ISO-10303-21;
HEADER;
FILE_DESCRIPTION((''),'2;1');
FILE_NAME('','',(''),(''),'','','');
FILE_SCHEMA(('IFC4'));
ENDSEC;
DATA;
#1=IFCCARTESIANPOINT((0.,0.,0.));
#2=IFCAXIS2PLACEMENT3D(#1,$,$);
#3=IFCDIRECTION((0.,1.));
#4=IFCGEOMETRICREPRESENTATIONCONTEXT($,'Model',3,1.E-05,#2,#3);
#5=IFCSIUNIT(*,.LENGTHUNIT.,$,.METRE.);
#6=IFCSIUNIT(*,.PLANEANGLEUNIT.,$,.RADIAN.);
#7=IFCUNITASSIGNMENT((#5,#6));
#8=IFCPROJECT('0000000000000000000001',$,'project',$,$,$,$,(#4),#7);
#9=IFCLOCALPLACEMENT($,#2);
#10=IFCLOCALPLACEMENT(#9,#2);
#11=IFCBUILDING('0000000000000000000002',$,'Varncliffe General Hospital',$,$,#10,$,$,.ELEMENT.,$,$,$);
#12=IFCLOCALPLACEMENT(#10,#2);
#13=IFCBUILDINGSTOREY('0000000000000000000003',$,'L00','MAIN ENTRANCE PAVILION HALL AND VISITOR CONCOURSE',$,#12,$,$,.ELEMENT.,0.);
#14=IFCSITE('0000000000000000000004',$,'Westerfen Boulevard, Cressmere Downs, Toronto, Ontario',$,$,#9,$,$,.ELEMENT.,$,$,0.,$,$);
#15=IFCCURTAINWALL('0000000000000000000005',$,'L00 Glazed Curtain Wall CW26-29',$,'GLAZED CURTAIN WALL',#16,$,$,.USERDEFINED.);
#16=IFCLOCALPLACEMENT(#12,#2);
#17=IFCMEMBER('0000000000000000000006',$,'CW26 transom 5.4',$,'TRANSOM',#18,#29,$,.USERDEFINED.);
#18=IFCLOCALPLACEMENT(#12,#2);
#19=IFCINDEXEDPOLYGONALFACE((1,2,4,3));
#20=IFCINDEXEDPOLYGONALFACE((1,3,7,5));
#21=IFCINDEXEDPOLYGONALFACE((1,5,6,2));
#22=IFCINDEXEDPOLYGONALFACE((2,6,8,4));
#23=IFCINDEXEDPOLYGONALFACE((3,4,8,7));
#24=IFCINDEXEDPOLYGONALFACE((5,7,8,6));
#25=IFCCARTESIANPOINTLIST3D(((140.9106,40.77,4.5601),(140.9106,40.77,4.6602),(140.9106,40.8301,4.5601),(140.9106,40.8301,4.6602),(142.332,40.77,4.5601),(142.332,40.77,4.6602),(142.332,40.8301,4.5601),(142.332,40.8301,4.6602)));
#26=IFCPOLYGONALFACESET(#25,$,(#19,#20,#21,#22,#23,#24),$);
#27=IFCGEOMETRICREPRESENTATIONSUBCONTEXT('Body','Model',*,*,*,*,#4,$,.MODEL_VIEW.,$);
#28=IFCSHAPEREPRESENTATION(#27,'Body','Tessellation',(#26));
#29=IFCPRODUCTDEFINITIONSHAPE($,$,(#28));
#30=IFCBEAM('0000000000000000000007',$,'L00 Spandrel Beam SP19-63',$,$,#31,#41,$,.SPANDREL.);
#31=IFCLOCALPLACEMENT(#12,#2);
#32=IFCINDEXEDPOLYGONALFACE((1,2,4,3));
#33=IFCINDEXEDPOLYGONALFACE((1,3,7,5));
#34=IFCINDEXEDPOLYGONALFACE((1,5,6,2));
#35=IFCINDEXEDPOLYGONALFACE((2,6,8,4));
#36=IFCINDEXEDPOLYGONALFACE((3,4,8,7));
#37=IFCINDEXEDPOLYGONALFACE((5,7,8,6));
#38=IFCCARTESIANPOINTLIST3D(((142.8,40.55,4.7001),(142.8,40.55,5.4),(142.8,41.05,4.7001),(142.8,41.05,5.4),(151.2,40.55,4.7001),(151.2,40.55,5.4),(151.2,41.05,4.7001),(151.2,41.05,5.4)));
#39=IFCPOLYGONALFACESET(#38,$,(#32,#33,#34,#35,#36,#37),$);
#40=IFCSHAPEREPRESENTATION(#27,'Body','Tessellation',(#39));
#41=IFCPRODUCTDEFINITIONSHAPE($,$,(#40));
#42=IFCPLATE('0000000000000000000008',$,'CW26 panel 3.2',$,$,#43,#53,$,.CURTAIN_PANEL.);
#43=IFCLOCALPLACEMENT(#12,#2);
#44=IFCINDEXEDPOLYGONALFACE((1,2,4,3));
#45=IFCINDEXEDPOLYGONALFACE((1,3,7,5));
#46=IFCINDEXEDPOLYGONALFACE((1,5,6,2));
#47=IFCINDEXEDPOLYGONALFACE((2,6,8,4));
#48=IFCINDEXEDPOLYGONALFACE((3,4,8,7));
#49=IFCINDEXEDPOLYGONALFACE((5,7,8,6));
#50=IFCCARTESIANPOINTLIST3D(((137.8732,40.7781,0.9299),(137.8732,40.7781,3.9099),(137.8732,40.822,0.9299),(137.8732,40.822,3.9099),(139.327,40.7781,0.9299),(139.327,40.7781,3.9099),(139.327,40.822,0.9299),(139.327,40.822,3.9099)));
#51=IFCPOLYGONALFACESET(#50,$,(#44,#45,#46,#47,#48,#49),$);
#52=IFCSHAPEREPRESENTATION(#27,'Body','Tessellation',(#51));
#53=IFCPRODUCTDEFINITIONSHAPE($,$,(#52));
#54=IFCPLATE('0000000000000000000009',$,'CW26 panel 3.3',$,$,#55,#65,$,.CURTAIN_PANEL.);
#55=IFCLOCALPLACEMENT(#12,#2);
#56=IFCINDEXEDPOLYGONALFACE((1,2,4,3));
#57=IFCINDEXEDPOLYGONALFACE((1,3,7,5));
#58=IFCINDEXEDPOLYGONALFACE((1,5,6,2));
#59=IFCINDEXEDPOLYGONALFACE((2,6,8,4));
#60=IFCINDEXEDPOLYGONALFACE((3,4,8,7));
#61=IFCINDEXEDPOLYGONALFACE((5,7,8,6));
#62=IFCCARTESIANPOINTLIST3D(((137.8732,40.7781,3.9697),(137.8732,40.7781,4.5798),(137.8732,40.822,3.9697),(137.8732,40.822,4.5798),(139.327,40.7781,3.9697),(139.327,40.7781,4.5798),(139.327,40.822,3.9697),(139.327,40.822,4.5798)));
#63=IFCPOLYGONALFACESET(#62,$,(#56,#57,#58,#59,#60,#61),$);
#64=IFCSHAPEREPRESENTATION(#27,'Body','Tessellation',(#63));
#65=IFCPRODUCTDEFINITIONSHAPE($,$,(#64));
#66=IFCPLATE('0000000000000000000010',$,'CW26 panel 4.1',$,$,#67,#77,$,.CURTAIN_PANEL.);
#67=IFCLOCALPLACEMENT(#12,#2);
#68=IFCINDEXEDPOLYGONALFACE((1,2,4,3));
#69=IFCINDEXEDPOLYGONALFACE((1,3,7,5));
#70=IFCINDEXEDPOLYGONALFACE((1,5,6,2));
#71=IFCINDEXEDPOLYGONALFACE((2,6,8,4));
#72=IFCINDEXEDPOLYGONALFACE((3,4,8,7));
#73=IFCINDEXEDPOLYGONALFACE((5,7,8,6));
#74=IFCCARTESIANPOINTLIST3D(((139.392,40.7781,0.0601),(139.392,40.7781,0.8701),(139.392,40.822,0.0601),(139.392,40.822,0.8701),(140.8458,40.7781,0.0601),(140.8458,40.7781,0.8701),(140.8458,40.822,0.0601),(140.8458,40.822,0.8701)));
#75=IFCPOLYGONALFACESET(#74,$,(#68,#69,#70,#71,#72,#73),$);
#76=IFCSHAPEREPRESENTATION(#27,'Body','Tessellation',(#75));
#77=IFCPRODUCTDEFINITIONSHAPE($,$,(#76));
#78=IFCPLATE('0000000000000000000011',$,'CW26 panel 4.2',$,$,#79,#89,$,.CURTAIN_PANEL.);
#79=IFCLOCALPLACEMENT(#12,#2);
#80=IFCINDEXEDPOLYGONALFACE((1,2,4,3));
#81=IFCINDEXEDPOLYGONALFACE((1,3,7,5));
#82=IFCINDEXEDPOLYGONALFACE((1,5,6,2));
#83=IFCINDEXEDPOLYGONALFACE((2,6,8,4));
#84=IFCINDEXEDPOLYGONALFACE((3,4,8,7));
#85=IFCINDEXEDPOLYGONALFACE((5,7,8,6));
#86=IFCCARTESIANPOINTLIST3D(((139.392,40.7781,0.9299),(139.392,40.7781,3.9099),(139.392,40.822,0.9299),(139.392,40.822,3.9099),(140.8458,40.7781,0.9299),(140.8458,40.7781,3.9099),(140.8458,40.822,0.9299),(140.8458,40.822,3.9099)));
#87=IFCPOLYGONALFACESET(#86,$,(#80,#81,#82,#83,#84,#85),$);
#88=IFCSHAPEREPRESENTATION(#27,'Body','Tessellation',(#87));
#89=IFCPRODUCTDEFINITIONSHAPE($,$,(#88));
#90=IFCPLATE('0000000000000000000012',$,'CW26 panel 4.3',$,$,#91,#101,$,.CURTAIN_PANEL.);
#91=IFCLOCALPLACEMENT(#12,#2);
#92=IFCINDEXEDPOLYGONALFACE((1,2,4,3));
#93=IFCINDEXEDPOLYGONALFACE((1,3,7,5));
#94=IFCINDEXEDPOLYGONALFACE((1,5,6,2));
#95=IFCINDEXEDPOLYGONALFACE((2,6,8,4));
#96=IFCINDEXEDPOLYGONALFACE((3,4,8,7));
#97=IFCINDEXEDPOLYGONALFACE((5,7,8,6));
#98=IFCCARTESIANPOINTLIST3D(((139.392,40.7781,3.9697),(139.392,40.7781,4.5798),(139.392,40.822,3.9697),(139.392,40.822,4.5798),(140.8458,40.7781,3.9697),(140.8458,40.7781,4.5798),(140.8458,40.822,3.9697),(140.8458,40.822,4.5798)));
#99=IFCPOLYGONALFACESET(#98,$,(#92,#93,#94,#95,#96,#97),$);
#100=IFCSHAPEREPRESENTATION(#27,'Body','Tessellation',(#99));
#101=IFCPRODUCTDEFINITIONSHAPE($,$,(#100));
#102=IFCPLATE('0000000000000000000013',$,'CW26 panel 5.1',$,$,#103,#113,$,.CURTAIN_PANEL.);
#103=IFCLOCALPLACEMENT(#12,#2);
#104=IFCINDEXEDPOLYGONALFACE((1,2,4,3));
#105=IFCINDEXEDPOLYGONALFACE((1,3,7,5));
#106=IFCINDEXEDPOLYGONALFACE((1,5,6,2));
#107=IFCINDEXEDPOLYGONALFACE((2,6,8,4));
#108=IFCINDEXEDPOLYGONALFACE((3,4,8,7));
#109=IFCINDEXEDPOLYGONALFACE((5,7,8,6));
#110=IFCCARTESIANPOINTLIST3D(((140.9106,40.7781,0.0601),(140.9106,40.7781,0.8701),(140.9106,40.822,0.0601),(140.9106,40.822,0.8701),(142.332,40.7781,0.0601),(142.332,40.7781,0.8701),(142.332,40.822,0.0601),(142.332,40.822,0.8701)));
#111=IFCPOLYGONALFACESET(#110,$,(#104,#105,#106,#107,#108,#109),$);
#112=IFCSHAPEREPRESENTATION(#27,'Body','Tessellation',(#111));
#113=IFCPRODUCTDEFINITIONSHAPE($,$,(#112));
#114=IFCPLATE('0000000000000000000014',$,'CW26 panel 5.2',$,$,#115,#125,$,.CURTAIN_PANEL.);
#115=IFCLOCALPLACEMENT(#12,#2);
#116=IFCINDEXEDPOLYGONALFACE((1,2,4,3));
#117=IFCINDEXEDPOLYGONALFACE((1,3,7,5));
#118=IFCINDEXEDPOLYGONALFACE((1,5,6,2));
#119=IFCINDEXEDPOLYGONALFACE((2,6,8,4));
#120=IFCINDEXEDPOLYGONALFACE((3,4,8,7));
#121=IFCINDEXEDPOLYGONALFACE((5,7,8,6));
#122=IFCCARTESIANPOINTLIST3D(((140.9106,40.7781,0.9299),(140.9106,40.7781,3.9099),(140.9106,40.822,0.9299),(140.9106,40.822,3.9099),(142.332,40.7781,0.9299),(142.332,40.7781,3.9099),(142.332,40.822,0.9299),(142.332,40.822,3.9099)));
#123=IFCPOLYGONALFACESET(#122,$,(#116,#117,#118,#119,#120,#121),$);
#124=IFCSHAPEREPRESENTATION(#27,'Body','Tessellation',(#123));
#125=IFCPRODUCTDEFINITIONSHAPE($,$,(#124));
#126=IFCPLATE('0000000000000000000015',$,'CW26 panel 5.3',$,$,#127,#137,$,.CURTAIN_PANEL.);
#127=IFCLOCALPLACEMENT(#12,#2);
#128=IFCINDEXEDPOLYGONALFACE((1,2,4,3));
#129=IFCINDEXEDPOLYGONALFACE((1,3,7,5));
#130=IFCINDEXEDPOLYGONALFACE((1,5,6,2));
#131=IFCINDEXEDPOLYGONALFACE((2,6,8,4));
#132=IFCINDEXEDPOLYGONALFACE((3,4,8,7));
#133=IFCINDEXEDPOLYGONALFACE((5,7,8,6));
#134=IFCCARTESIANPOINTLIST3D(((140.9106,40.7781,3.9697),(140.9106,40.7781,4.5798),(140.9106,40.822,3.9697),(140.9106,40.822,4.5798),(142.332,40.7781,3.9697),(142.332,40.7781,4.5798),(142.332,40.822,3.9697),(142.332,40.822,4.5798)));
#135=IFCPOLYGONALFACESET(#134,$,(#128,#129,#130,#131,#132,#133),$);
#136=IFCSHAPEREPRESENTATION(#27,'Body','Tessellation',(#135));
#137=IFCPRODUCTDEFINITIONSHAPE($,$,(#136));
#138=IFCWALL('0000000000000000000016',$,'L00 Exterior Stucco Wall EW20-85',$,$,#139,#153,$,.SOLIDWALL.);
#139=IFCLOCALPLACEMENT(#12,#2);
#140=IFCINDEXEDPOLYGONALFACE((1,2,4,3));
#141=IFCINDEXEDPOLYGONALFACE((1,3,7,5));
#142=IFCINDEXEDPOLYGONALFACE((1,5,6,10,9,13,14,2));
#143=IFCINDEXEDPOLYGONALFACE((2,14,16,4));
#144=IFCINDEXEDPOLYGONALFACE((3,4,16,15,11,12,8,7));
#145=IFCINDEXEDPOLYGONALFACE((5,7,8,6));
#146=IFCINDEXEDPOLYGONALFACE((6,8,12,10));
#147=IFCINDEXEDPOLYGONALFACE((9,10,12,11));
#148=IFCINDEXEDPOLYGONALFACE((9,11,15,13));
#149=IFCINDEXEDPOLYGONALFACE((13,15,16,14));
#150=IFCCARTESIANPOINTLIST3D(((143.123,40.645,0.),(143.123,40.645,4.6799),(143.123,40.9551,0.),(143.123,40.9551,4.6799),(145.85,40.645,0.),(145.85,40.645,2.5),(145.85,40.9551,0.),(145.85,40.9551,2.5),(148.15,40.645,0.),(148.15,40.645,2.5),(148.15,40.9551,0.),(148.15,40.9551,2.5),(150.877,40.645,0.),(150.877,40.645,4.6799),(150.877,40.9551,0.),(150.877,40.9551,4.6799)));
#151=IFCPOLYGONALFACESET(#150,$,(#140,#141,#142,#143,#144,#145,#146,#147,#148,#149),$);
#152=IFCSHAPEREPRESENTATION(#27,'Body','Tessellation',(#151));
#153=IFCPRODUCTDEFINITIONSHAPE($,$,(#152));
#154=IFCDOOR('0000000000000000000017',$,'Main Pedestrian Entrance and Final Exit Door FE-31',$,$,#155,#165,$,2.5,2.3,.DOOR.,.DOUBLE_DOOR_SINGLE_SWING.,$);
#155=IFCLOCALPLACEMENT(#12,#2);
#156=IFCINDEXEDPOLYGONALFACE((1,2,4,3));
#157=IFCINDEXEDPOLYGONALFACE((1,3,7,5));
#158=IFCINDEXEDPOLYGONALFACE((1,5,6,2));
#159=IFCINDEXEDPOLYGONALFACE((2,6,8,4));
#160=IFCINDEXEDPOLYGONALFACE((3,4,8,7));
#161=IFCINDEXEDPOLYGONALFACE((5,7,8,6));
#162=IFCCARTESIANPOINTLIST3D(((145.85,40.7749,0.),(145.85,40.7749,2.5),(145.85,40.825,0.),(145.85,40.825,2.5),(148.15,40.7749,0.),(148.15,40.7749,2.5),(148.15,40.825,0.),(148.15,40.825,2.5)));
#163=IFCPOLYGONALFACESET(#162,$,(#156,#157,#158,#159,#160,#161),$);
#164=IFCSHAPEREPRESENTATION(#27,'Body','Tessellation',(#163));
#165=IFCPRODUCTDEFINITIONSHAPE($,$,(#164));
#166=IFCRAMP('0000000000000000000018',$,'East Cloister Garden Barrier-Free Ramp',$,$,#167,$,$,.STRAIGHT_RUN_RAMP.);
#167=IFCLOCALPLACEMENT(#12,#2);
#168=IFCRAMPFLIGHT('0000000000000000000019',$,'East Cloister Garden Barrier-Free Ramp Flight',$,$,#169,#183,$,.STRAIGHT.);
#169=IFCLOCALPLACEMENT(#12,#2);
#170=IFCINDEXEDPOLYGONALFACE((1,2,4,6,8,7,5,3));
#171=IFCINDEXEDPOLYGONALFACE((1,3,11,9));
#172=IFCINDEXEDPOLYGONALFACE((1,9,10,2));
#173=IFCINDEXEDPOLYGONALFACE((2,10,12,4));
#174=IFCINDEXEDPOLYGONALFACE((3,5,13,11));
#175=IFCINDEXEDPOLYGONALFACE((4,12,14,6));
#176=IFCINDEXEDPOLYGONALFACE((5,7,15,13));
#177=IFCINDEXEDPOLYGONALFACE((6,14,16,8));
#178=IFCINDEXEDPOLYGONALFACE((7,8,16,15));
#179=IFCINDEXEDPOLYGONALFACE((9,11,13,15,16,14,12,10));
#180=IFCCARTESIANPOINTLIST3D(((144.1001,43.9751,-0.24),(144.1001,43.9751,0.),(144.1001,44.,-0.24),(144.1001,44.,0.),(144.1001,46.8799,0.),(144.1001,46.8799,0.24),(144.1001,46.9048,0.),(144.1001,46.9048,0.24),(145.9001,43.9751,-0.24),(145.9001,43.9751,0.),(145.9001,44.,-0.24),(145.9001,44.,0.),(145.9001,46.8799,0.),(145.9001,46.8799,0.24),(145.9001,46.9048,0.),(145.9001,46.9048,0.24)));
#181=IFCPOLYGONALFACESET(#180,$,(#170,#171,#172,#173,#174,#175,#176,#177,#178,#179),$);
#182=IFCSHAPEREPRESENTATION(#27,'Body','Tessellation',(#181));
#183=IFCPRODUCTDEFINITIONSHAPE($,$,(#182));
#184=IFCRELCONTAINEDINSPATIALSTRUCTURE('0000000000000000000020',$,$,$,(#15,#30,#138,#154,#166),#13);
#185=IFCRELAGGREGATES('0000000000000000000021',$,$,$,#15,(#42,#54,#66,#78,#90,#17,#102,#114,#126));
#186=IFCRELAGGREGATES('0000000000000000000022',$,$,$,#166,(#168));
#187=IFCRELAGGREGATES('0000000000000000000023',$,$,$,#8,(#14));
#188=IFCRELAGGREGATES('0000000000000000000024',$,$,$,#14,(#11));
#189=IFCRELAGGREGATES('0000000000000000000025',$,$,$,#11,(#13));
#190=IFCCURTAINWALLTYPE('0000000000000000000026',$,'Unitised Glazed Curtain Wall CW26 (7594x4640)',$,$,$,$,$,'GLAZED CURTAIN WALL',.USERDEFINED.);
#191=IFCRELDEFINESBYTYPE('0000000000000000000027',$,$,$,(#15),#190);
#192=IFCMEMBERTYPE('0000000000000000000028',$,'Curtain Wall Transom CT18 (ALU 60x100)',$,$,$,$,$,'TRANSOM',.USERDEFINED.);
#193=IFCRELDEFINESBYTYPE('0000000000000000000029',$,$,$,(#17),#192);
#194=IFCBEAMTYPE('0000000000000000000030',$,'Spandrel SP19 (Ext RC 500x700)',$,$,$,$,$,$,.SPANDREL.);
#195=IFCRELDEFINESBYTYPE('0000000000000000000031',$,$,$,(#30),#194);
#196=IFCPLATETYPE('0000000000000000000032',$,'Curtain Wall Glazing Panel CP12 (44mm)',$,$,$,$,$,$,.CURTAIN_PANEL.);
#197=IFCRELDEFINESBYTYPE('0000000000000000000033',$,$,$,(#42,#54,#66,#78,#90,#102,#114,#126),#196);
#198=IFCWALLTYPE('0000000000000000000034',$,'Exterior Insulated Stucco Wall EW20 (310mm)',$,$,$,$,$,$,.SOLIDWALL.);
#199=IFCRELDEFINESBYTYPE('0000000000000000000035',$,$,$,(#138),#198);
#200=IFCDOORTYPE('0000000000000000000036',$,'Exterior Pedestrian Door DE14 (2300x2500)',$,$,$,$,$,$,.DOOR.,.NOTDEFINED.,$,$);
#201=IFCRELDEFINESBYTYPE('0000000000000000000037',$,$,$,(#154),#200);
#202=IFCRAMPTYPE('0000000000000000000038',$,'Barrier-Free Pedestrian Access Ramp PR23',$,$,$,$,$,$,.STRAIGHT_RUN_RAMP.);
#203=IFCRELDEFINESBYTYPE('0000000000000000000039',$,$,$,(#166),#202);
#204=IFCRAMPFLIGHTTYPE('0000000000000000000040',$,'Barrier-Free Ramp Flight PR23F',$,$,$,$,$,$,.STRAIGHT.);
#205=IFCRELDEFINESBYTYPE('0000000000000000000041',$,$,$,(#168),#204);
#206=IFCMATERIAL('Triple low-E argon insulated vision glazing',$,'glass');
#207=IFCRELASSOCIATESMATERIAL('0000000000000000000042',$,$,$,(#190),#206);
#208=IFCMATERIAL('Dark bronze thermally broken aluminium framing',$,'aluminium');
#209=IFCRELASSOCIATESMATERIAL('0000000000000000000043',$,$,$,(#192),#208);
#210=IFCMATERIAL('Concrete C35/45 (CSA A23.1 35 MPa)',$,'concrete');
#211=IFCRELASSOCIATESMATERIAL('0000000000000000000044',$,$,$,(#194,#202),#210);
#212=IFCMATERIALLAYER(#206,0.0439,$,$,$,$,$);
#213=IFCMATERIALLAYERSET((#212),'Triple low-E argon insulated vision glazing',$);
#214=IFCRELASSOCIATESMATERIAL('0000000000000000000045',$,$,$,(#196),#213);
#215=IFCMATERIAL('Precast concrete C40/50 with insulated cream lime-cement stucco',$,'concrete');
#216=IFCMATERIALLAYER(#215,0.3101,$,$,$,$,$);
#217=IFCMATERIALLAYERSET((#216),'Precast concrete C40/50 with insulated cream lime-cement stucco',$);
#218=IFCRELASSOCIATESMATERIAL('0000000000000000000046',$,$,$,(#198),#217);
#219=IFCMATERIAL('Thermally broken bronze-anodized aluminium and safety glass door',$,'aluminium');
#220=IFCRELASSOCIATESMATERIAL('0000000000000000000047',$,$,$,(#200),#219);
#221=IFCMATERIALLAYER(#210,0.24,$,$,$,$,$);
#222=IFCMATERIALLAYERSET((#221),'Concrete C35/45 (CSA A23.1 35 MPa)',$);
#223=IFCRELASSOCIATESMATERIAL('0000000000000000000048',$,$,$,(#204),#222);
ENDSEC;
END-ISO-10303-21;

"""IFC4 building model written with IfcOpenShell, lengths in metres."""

from ifc_helpers import new_model, si_unit, direction, frame, frame_2d, origin, origin_2d, place, context, subcontext, project, spatial, polyline, rectangle, outline, extrude, material, layer, layer_set, material_profile, profile_set, type_object, element, fill, aggregate, save


model = new_model("IFC4")

# Units and contexts
model_context = context("Model", 3, precision=1e-05, world=origin(), true_north=direction((0.0, 1.0)))
body_context = subcontext(model_context, "Body", "Model", "MODEL_VIEW")
ifc_project = project(units=[si_unit("LENGTHUNIT", "METRE"), si_unit("PLANEANGLEUNIT", "RADIAN")], contexts=[model_context])

# Site, building, storey
site_placement = place(None, origin())
site = spatial("IfcSite", under=ifc_project, at=site_placement, Name="Westerfen Boulevard, Cressmere Downs, Toronto, Ontario", CompositionType="ELEMENT", RefElevation=0.0)
building_placement = place(site_placement, origin())
building = spatial("IfcBuilding", under=site, at=building_placement, Name="Varncliffe General Hospital", CompositionType="ELEMENT")
storey_placement = place(building_placement, origin())
storey = spatial("IfcBuildingStorey", under=building, at=storey_placement, Name="L00", Description="MAIN ENTRANCE PAVILION HALL AND VISITOR CONCOURSE", CompositionType="ELEMENT", Elevation=0.0)

# Curtain wall, member
ifc_material_1 = material(Name="Triple low-E argon insulated vision glazing", Category="glass")
curtain_wall_type = type_object("IfcCurtainWallType", Name="Unitised Glazed Curtain Wall CW26 (7594x4640)", ElementType="GLAZED CURTAIN WALL", PredefinedType="USERDEFINED", material=ifc_material_1)
curtain_wall_placement = place(storey_placement, origin())
curtain_wall = element("IfcCurtainWall", 1, at=curtain_wall_placement, inside=storey, type_object=curtain_wall_type, Name="L00 Glazed Curtain Wall CW26-29", ObjectType="GLAZED CURTAIN WALL", PredefinedType="USERDEFINED")
ifc_material_2 = material(Name="Dark bronze thermally broken aluminium framing", Category="aluminium")
ifc_material_profile_1 = material_profile(ifc_material_2, rectangle(XDim=0.0601, YDim=0.1001, at=origin_2d()), Name="ALU 60x100")
ifc_profile_set_1 = profile_set([ifc_material_profile_1], Name="Dark bronze thermally broken aluminium framing")
member_type_1 = type_object("IfcMemberType", Name="Curtain Wall Transom CT18 (ALU 60x100)", ElementType="TRANSOM", PredefinedType="USERDEFINED", material=ifc_profile_set_1)
member_1_placement = place(storey_placement, frame((140.9106, 40.8, 4.6101), z_axis=(1.0, 0.0, 0.0), x_axis=(0.0, 1.0, 0.0)))
member_1 = element("IfcMember", 2, at=member_1_placement, type_object=member_type_1, Name="CW26 transom 5.4", ObjectType="TRANSOM", PredefinedType="USERDEFINED", context=body_context, shape_type="SweptSolid", body=[
    extrude(rectangle(XDim=0.0601, YDim=0.1001, at=origin_2d()), origin(), (0.0, 0.0, 1.0), 1.4214),
])

# Beam
ifc_material_3 = material(Name="Concrete C35/45 (CSA A23.1 35 MPa)", Category="concrete")
ifc_material_profile_2 = material_profile(ifc_material_3, rectangle(XDim=0.5, YDim=0.7, at=origin_2d()), Name="RC 500x700")
ifc_profile_set_2 = profile_set([ifc_material_profile_2], Name="Concrete C35/45 (CSA A23.1 35 MPa)")
beam_type_1 = type_object("IfcBeamType", Name="Spandrel SP19 (Ext RC 500x700)", PredefinedType="SPANDREL", material=ifc_profile_set_2)
beam_placement = place(storey_placement, frame((142.8, 40.8, 5.05), z_axis=(1.0, 0.0, 0.0), x_axis=(0.0, 1.0, 0.0)))
element("IfcBeam", 3, at=beam_placement, inside=storey, type_object=beam_type_1, Name="L00 Spandrel Beam SP19-63", PredefinedType="SPANDREL", context=body_context, shape_type="SweptSolid", body=[
    extrude(rectangle(XDim=0.5, YDim=0.7, at=origin_2d()), origin(), (0.0, 0.0, 1.0), 8.3999),
])

# Plates
ifc_layer_1 = layer(ifc_material_1, 0.0439)
ifc_layer_set_1 = layer_set([ifc_layer_1], Name="Triple low-E argon insulated vision glazing")
plate_type = type_object("IfcPlateType", Name="Curtain Wall Glazing Panel CP12 (44mm)", PredefinedType="CURTAIN_PANEL", material=ifc_layer_set_1)
plate_1_placement = place(storey_placement, frame((138.6001, 40.8, 0.9299), z_axis=(0.0, 0.0, 1.0), x_axis=(1.0, 0.0, 0.0)))
plate_1 = element("IfcPlate", 4, at=plate_1_placement, type_object=plate_type, Name="CW26 panel 3.2", PredefinedType="CURTAIN_PANEL", context=body_context, shape_type="SweptSolid", body=[
    extrude(rectangle(XDim=1.4539, YDim=0.0439, at=origin_2d()), origin(), (0.0, 0.0, 1.0), 2.98),
])
plate_2_placement = place(storey_placement, frame((138.6001, 40.8, 3.9697), z_axis=(0.0, 0.0, 1.0), x_axis=(1.0, 0.0, 0.0)))
plate_2 = element("IfcPlate", 5, at=plate_2_placement, type_object=plate_type, Name="CW26 panel 3.3", PredefinedType="CURTAIN_PANEL", context=body_context, shape_type="SweptSolid", body=[
    extrude(rectangle(XDim=1.4539, YDim=0.0439, at=origin_2d()), origin(), (0.0, 0.0, 1.0), 0.6101),
])
plate_3_placement = place(storey_placement, frame((140.1189, 40.8, 0.0601), z_axis=(0.0, 0.0, 1.0), x_axis=(1.0, 0.0, 0.0)))
plate_3 = element("IfcPlate", 6, at=plate_3_placement, type_object=plate_type, Name="CW26 panel 4.1", PredefinedType="CURTAIN_PANEL", context=body_context, shape_type="SweptSolid", body=[
    extrude(rectangle(XDim=1.4539, YDim=0.0439, at=origin_2d()), origin(), (0.0, 0.0, 1.0), 0.8101),
])
plate_4_placement = place(storey_placement, frame((140.1189, 40.8, 0.9299), z_axis=(0.0, 0.0, 1.0), x_axis=(1.0, 0.0, 0.0)))
plate_4 = element("IfcPlate", 7, at=plate_4_placement, type_object=plate_type, Name="CW26 panel 4.2", PredefinedType="CURTAIN_PANEL", context=body_context, shape_type="SweptSolid", body=[
    extrude(rectangle(XDim=1.4539, YDim=0.0439, at=origin_2d()), origin(), (0.0, 0.0, 1.0), 2.98),
])
plate_5_placement = place(storey_placement, frame((140.1189, 40.8, 3.9697), z_axis=(0.0, 0.0, 1.0), x_axis=(1.0, 0.0, 0.0)))
plate_5 = element("IfcPlate", 8, at=plate_5_placement, type_object=plate_type, Name="CW26 panel 4.3", PredefinedType="CURTAIN_PANEL", context=body_context, shape_type="SweptSolid", body=[
    extrude(rectangle(XDim=1.4539, YDim=0.0439, at=origin_2d()), origin(), (0.0, 0.0, 1.0), 0.6101),
])
plate_6_placement = place(storey_placement, frame((141.6213, 40.8, 0.0601), z_axis=(0.0, 0.0, 1.0), x_axis=(1.0, 0.0, 0.0)))
plate_6 = element("IfcPlate", 9, at=plate_6_placement, type_object=plate_type, Name="CW26 panel 5.1", PredefinedType="CURTAIN_PANEL", context=body_context, shape_type="SweptSolid", body=[
    extrude(rectangle(XDim=1.4214, YDim=0.0439, at=origin_2d()), origin(), (0.0, 0.0, 1.0), 0.8101),
])
plate_7_placement = place(storey_placement, frame((141.6213, 40.8, 0.9299), z_axis=(0.0, 0.0, 1.0), x_axis=(1.0, 0.0, 0.0)))
plate_7 = element("IfcPlate", 10, at=plate_7_placement, type_object=plate_type, Name="CW26 panel 5.2", PredefinedType="CURTAIN_PANEL", context=body_context, shape_type="SweptSolid", body=[
    extrude(rectangle(XDim=1.4214, YDim=0.0439, at=origin_2d()), origin(), (0.0, 0.0, 1.0), 2.98),
])
plate_8_placement = place(storey_placement, frame((141.6213, 40.8, 3.9697), z_axis=(0.0, 0.0, 1.0), x_axis=(1.0, 0.0, 0.0)))
plate_8 = element("IfcPlate", 11, at=plate_8_placement, type_object=plate_type, Name="CW26 panel 5.3", PredefinedType="CURTAIN_PANEL", context=body_context, shape_type="SweptSolid", body=[
    extrude(rectangle(XDim=1.4214, YDim=0.0439, at=origin_2d()), origin(), (0.0, 0.0, 1.0), 0.6101),
])
aggregate(curtain_wall, [plate_1, plate_2, plate_3, plate_4, plate_5, member_1, plate_6, plate_7, plate_8])

# Wall, opening, door
ifc_material_4 = material(Name="Precast concrete C40/50 with insulated cream lime-cement stucco", Category="concrete")
ifc_layer_2 = layer(ifc_material_4, 0.3101)
ifc_layer_set_2 = layer_set([ifc_layer_2], Name="Precast concrete C40/50 with insulated cream lime-cement stucco")
wall_type = type_object("IfcWallType", Name="Exterior Insulated Stucco Wall EW20 (310mm)", PredefinedType="SOLIDWALL", material=ifc_layer_set_2)
wall_placement = place(storey_placement, frame((143.123, 40.8, 0.0), z_axis=(0.0, 0.0, 1.0), x_axis=(1.0, 0.0, 0.0)))
wall = element("IfcWall", 12, at=wall_placement, inside=storey, type_object=wall_type, Name="L00 Exterior Stucco Wall EW20-85", PredefinedType="SOLIDWALL", context=body_context, shape_type="SweptSolid", body=[
    extrude(rectangle(XDim=7.7539, YDim=0.3101, at=frame_2d((3.877, 0.0))), origin(), (0.0, 0.0, 1.0), 4.6799),
])
opening_placement = place(wall_placement, frame((2.7271, 0.0, 0.0)))
opening = element("IfcOpeningElement", 13, at=opening_placement, cuts=wall, PredefinedType="OPENING", context=body_context, shape_type="SweptSolid", body=[
    extrude(rectangle(XDim=2.3, YDim=2.5, at=frame_2d((1.1499, 1.25))), frame((0.0, 0.165, 0.0), z_axis=(0.0, -1.0, 0.0), x_axis=(1.0, 0.0, 0.0)), (0.0, 0.0, 1.0), 0.3301),
])
ifc_material_5 = material(Name="Thermally broken bronze-anodized aluminium and safety glass door", Category="aluminium")
door_type = type_object("IfcDoorType", Name="Exterior Pedestrian Door DE14 (2300x2500)", OperationType="NOTDEFINED", PredefinedType="DOOR", material=ifc_material_5)
door_placement = place(opening_placement, origin())
door = element("IfcDoor", 14, at=door_placement, inside=storey, type_object=door_type, Name="Main Pedestrian Entrance and Final Exit Door FE-31", OperationType="DOUBLE_DOOR_SINGLE_SWING", OverallHeight=2.5, OverallWidth=2.3, PredefinedType="DOOR", context=body_context, shape_type="SweptSolid", body=[
    extrude(rectangle(XDim=2.3, YDim=2.5, at=frame_2d((1.1499, 1.25))), frame((0.0, 0.0249, 0.0), z_axis=(0.0, -1.0, 0.0), x_axis=(1.0, 0.0, 0.0)), (0.0, 0.0, 1.0), 0.05),
])
fill(opening, door)

# Ramp, ramp flight
ramp_type = type_object("IfcRampType", Name="Barrier-Free Pedestrian Access Ramp PR23", PredefinedType="STRAIGHT_RUN_RAMP", material=ifc_material_3)
ramp_placement = place(storey_placement, origin())
ramp = element("IfcRamp", 15, at=ramp_placement, inside=storey, type_object=ramp_type, Name="East Cloister Garden Barrier-Free Ramp", PredefinedType="STRAIGHT_RUN_RAMP")
ifc_layer_3 = layer(ifc_material_3, 0.24)
ifc_layer_set_3 = layer_set([ifc_layer_3], Name="Concrete C35/45 (CSA A23.1 35 MPa)")
ramp_flight_type = type_object("IfcRampFlightType", Name="Barrier-Free Ramp Flight PR23F", PredefinedType="STRAIGHT", material=ifc_layer_set_3)
ramp_flight_placement = place(storey_placement, frame((145.0, 44.0, 0.0), z_axis=(0.0, 0.0, 1.0), x_axis=(0.0, 1.0, 0.0)))
ramp_flight = element("IfcRampFlight", 16, at=ramp_flight_placement, type_object=ramp_flight_type, Name="East Cloister Garden Barrier-Free Ramp Flight", PredefinedType="STRAIGHT", context=body_context, shape_type="SweptSolid", body=[
    extrude(outline(polyline([(-0.0249, -0.24), (0.0, -0.24), (2.8799, 0.0), (2.9048, 0.0), (2.9048, 0.24), (2.8799, 0.24), (0.0, 0.0), (-0.0249, 0.0), (-0.0249, -0.24)])), frame((0.0, 0.8999, 0.0), z_axis=(0.0, -1.0, 0.0), x_axis=(1.0, 0.0, 0.0)), (0.0, 0.0, 1.0), 1.8),
])
aggregate(ramp, [ramp_flight])

save(model, "model.ifc")
